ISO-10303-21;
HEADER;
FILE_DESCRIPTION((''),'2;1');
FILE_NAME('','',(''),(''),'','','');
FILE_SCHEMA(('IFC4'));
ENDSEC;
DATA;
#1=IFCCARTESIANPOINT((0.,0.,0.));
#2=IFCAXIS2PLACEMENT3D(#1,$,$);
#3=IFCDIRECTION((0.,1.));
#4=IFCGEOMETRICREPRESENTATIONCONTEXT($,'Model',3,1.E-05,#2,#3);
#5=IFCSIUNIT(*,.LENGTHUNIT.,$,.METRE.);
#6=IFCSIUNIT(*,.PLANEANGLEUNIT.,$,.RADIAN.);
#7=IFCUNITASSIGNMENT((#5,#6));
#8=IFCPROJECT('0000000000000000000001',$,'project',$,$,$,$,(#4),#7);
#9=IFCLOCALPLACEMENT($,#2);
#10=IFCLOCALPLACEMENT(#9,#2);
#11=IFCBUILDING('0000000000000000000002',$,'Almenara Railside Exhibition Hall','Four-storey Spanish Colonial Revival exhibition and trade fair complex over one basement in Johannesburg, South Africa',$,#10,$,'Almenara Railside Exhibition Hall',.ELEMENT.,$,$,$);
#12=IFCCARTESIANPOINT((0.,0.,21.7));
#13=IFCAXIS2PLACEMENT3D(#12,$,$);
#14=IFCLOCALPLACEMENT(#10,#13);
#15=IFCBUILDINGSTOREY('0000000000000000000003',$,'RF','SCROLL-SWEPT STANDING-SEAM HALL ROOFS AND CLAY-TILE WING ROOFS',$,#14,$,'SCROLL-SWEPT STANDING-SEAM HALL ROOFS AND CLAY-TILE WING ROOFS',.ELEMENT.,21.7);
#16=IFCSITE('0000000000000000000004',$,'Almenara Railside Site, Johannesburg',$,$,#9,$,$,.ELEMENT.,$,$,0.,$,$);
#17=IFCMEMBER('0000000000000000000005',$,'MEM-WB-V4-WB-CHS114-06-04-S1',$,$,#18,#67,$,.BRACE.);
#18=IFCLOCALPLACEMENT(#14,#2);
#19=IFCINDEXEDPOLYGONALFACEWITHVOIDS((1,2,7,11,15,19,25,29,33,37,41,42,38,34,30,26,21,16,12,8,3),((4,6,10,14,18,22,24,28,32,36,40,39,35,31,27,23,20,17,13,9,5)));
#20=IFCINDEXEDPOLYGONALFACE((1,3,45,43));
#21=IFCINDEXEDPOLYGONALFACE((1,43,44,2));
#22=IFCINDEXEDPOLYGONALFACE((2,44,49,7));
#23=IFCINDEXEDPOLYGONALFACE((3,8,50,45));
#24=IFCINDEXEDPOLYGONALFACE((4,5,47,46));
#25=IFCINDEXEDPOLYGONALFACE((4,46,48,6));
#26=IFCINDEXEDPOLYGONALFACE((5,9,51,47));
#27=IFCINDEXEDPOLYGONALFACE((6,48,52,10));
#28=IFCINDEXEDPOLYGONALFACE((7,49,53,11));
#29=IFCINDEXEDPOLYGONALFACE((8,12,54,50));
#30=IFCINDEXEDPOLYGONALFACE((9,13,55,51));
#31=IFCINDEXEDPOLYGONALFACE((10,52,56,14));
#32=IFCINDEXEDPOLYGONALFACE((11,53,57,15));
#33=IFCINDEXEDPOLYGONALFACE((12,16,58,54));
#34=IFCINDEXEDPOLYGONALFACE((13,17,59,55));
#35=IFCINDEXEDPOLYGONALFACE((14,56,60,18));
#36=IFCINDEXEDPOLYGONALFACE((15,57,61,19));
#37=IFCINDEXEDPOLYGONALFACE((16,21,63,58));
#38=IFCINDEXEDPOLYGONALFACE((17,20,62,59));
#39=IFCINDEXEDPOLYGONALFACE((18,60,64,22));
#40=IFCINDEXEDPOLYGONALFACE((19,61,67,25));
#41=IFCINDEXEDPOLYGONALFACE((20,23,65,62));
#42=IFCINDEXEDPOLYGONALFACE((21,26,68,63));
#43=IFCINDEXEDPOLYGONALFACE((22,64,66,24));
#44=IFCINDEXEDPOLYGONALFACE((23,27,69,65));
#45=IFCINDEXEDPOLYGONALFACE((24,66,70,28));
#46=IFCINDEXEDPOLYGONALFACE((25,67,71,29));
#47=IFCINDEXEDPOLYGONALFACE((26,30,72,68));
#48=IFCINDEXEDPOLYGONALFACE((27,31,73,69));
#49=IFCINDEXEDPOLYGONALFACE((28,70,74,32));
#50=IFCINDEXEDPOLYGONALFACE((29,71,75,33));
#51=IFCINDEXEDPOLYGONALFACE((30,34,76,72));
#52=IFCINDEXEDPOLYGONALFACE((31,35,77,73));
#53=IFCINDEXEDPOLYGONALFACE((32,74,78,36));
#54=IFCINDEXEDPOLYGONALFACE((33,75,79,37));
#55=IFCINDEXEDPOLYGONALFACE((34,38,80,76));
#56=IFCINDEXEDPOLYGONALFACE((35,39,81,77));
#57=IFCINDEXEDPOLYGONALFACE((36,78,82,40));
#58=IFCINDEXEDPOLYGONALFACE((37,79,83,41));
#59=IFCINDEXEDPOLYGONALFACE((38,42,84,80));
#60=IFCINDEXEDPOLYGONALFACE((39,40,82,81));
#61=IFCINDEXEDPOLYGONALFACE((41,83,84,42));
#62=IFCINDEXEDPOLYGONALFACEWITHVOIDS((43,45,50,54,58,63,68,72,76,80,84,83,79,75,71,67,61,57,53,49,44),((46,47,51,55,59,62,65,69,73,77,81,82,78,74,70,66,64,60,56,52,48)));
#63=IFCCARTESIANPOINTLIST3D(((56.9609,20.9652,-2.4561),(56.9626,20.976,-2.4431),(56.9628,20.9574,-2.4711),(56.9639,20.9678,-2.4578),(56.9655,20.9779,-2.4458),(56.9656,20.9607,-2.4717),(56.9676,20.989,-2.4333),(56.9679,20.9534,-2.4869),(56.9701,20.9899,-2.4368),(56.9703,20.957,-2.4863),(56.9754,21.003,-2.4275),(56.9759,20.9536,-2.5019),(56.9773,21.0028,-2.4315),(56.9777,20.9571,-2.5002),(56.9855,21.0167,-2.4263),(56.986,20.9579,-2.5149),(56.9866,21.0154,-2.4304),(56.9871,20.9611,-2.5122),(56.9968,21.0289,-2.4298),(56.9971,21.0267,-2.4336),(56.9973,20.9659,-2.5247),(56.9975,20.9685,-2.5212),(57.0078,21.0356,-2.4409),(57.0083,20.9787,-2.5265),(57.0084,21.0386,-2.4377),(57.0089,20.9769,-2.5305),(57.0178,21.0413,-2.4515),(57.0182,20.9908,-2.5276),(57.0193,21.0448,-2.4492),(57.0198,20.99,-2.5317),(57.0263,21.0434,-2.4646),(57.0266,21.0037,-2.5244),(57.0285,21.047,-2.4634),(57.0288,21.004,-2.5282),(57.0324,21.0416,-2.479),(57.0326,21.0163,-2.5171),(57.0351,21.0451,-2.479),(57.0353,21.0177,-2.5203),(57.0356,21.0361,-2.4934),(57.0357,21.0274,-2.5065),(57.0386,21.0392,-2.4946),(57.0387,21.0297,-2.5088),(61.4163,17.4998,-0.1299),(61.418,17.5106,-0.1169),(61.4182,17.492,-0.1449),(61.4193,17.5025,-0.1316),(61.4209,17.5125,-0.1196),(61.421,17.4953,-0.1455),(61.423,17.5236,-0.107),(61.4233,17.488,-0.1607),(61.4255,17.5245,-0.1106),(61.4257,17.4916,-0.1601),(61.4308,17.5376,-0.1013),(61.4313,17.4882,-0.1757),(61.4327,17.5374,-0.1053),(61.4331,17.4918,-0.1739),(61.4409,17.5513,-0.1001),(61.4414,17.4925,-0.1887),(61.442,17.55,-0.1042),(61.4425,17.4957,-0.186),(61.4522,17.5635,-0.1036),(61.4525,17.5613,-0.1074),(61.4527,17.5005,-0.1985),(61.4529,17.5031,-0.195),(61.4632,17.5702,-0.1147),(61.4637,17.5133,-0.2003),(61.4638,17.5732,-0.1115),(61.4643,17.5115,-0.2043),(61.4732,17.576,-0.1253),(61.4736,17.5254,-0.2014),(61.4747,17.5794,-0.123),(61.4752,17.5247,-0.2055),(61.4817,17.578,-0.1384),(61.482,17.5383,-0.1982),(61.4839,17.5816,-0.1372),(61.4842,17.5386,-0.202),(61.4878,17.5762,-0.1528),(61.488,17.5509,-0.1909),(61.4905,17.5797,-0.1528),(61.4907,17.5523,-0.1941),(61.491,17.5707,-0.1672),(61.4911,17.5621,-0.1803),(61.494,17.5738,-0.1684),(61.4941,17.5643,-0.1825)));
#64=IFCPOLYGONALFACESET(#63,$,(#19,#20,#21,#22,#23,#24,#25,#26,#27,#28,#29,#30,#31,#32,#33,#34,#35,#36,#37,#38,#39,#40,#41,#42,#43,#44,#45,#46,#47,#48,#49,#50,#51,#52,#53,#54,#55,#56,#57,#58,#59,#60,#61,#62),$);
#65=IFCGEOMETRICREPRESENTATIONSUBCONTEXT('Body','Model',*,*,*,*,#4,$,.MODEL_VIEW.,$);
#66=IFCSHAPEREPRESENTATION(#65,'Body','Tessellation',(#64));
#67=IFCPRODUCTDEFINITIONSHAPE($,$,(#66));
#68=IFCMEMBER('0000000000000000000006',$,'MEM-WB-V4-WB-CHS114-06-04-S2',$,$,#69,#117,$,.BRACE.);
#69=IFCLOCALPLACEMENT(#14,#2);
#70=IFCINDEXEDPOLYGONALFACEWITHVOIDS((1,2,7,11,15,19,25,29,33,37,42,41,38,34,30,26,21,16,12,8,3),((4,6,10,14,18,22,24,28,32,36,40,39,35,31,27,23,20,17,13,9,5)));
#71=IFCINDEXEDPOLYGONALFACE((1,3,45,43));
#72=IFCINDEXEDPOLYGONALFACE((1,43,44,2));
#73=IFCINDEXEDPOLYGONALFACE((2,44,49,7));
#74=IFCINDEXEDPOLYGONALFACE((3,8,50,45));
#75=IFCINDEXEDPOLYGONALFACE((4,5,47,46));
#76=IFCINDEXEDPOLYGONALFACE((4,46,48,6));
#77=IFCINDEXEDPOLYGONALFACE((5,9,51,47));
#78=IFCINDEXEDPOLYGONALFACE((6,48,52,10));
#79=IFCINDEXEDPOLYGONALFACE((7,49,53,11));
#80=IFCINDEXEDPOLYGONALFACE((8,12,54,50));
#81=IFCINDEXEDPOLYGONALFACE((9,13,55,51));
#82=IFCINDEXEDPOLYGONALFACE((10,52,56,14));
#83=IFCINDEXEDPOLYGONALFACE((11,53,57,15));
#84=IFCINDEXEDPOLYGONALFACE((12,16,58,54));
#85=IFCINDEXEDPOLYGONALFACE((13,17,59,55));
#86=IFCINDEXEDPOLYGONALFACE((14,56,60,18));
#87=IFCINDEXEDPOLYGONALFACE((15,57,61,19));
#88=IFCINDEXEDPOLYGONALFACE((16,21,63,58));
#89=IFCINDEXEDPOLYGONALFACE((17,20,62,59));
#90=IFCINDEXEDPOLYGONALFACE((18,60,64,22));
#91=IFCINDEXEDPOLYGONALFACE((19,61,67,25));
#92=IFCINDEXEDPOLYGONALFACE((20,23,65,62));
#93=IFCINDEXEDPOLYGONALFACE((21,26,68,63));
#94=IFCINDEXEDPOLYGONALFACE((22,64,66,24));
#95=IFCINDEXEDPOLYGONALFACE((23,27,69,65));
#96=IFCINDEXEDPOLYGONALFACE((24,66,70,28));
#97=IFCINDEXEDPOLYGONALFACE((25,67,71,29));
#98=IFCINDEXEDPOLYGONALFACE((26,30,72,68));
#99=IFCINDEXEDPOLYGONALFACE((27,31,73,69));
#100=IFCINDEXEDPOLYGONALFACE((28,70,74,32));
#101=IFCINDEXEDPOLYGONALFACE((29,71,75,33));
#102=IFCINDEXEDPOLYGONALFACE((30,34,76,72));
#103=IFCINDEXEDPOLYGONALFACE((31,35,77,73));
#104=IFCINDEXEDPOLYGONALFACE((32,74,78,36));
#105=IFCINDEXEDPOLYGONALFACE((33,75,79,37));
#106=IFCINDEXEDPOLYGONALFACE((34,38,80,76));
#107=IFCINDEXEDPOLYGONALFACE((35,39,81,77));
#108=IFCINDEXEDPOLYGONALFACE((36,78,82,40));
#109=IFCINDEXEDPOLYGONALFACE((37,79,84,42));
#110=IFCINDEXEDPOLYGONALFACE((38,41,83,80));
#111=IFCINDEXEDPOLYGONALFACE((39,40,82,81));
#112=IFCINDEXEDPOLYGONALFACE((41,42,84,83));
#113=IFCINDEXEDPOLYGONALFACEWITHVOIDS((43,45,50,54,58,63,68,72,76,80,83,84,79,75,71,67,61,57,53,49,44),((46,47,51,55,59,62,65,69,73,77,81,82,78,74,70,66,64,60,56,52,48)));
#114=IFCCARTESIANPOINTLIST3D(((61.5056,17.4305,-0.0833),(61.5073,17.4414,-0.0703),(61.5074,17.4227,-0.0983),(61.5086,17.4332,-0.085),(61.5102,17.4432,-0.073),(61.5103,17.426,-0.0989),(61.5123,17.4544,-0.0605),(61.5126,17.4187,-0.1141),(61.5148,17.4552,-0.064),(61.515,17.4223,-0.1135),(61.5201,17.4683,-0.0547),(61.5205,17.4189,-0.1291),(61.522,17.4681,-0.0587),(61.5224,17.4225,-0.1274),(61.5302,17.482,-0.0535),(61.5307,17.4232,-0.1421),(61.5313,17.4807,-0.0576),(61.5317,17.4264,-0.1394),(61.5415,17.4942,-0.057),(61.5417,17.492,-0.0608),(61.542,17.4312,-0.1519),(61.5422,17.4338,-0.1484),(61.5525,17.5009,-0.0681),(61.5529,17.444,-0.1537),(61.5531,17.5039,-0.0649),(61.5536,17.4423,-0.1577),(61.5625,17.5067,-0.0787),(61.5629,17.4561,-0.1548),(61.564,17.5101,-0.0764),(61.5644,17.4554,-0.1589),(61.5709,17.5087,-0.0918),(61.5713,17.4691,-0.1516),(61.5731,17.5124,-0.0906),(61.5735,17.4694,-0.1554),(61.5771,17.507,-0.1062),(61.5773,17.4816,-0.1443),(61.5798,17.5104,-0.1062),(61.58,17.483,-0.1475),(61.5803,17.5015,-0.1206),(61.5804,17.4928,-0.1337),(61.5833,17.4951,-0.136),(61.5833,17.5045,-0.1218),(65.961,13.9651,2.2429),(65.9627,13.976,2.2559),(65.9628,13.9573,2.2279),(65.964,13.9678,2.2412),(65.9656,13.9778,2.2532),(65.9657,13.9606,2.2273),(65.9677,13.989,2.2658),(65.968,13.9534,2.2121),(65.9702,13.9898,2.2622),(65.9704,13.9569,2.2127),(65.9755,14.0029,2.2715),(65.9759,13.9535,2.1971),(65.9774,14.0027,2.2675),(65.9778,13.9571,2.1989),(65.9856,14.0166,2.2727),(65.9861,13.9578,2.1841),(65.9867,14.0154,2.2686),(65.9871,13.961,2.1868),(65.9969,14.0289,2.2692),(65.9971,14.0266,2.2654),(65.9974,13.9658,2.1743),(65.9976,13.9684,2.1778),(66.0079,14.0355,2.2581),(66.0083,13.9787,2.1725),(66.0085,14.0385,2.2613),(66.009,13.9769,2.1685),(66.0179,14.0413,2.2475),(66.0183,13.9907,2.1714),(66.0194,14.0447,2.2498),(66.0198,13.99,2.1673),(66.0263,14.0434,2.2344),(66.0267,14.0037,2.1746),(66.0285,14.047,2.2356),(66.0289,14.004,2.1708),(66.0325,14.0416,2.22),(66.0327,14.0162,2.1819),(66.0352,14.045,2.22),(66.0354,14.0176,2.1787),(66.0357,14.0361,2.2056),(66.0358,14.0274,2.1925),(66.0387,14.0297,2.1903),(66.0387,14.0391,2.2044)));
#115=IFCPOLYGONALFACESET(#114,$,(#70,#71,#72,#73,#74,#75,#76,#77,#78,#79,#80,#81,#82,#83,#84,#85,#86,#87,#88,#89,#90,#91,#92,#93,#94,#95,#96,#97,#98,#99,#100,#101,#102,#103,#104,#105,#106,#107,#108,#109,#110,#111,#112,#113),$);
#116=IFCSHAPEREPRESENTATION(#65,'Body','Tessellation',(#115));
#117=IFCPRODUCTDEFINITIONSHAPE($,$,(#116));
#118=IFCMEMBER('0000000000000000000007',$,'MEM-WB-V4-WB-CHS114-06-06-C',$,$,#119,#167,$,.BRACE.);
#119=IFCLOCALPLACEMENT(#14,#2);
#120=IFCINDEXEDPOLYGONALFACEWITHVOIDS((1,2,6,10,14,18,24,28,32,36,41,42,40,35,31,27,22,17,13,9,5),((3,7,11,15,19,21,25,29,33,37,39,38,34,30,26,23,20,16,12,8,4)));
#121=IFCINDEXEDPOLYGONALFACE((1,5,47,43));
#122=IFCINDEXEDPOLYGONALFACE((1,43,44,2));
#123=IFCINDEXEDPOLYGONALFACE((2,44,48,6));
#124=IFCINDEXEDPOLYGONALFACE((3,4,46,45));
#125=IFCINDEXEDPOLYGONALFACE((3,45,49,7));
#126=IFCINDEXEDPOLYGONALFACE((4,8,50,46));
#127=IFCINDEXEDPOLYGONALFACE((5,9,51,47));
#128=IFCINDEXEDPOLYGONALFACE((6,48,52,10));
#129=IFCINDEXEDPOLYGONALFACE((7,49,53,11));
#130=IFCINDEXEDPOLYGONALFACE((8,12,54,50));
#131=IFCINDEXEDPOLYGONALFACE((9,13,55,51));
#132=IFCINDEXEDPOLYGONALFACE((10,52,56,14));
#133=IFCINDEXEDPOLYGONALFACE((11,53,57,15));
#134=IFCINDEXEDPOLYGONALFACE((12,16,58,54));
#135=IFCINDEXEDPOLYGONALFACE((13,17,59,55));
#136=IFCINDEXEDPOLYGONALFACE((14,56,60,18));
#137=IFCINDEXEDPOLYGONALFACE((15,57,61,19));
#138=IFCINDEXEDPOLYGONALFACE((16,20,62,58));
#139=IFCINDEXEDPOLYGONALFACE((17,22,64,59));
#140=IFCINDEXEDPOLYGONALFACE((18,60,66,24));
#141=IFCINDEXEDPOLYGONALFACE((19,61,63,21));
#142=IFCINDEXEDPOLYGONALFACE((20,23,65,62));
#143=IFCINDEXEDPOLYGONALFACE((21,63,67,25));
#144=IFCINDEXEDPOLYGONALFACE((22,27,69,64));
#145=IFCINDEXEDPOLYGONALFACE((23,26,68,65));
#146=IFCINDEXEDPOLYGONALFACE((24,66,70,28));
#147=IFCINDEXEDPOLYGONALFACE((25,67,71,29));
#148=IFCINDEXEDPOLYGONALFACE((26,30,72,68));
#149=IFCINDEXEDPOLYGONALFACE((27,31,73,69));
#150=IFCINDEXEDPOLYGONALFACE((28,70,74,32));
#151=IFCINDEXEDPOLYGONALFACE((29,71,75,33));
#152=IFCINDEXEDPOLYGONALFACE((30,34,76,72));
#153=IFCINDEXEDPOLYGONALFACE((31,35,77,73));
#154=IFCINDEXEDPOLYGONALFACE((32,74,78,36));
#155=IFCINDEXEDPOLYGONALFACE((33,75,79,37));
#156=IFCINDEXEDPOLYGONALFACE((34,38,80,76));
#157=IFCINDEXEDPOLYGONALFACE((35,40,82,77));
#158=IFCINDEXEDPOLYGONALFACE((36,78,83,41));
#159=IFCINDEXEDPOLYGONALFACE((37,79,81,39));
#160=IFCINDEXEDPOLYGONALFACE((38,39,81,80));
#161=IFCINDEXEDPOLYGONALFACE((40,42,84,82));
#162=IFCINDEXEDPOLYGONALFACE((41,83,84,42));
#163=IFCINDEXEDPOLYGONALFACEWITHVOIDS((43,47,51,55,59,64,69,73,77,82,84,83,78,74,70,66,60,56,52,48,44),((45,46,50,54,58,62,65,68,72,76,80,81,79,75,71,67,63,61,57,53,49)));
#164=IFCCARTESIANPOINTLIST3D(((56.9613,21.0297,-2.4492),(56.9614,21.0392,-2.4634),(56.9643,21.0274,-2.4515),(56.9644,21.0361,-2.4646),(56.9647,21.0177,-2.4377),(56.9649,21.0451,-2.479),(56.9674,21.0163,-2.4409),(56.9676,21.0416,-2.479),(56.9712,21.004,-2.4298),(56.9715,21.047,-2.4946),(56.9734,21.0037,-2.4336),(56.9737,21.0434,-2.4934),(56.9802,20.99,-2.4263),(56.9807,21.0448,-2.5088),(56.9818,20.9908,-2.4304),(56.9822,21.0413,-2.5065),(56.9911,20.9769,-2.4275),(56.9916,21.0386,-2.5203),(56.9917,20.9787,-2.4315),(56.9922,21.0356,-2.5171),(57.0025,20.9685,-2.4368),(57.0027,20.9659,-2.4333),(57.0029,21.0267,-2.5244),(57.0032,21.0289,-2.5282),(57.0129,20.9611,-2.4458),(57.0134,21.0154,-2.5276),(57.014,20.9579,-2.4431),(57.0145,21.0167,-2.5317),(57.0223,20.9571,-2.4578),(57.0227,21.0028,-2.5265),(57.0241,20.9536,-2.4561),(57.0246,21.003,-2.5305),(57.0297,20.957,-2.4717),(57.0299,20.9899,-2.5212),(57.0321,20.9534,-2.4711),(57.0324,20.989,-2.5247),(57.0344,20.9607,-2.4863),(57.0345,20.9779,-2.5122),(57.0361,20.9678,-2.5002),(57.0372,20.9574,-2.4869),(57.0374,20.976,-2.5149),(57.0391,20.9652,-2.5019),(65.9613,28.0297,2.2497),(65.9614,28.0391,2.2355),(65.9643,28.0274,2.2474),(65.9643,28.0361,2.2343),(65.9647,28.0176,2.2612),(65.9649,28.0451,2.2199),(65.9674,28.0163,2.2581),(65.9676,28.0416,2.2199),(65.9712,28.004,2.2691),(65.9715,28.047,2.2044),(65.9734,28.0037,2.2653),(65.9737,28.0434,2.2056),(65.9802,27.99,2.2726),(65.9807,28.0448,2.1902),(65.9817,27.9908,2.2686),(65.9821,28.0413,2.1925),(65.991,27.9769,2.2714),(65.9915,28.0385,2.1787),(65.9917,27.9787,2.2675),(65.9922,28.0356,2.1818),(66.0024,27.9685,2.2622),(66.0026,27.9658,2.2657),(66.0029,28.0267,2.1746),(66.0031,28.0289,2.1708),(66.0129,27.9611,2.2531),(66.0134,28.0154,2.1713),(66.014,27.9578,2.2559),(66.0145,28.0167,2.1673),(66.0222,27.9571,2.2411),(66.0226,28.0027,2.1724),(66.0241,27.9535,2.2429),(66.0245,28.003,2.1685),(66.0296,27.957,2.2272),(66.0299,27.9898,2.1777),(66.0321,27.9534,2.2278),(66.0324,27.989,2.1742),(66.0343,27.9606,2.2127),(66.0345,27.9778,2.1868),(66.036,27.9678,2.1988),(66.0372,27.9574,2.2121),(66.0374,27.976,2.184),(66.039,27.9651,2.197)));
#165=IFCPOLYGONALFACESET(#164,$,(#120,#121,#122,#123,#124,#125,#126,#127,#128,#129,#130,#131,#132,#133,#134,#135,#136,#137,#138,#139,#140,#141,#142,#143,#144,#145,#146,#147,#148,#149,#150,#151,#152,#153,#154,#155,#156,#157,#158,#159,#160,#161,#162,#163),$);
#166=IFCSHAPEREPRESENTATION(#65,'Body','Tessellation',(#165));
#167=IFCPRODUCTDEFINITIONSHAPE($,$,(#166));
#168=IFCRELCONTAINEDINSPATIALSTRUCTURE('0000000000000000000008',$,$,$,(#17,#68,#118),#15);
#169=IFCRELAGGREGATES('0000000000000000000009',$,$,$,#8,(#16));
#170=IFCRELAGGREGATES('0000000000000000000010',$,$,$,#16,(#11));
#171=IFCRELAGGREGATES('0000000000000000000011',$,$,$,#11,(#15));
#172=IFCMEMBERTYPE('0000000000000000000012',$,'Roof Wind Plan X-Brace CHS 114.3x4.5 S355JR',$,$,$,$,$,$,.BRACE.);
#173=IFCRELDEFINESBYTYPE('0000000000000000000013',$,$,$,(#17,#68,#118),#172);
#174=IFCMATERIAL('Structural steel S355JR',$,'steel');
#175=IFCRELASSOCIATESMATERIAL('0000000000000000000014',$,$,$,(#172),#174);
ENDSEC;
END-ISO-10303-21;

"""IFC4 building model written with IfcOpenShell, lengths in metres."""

from ifc_helpers import new_model, si_unit, direction, frame, origin, origin_2d, place, context, subcontext, project, spatial, hollow_circle, extrude, material, material_profile, profile_set, type_object, element, save


model = new_model("IFC4")

# Units and contexts
model_context = context("Model", 3, precision=1e-05, world=origin(), true_north=direction((0.0, 1.0)))
body_context = subcontext(model_context, "Body", "Model", "MODEL_VIEW")
ifc_project = project(units=[si_unit("LENGTHUNIT", "METRE"), si_unit("PLANEANGLEUNIT", "RADIAN")], contexts=[model_context])

# Site, building, storey
site_placement = place(None, origin())
site = spatial("IfcSite", under=ifc_project, at=site_placement, Name="Almenara Railside Site, Johannesburg", CompositionType="ELEMENT", RefElevation=0.0)
building_placement = place(site_placement, origin())
building = spatial("IfcBuilding", under=site, at=building_placement, Name="Almenara Railside Exhibition Hall", Description="Four-storey Spanish Colonial Revival exhibition and trade fair complex over one basement in Johannesburg, South Africa", LongName="Almenara Railside Exhibition Hall", CompositionType="ELEMENT")
storey_placement = place(building_placement, frame((0.0, 0.0, 21.7)))
storey = spatial("IfcBuildingStorey", under=building, at=storey_placement, Name="RF", Description="SCROLL-SWEPT STANDING-SEAM HALL ROOFS AND CLAY-TILE WING ROOFS", LongName="SCROLL-SWEPT STANDING-SEAM HALL ROOFS AND CLAY-TILE WING ROOFS", CompositionType="ELEMENT", Elevation=21.7)

# Members
ifc_material_1 = material(Name="Structural steel S355JR", Category="steel")
ifc_material_profile_1 = material_profile(ifc_material_1, hollow_circle(Radius=0.0571, WallThickness=0.0044, at=origin_2d()), Name="CHS 114.3x4.5")
ifc_profile_set_1 = profile_set([ifc_material_profile_1], Name="Structural steel S355JR")
member_type_1 = type_object("IfcMemberType", Name="Roof Wind Plan X-Brace CHS 114.3x4.5 S355JR", PredefinedType="BRACE", material=ifc_profile_set_1)
for number, where, z_axis, x_axis, name in (
    (1, (57.0, 21.0, -2.479), (0.729797, -0.567634, 0.381035), (0.61395, 0.789345, 0.0), "MEM-WB-V4-WB-CHS114-06-04-S1"),
    (2, (61.5447, 17.4653, -0.1062), (0.729797, -0.567634, 0.381035), (0.61395, 0.789345, 0.0), "MEM-WB-V4-WB-CHS114-06-04-S2"),
):
    element("IfcMember", number, at=place(storey_placement, frame(where, z_axis=z_axis, x_axis=x_axis)), inside=storey, type_object=member_type_1, Name=name, PredefinedType="BRACE", context=body_context, shape_type="SweptSolid", body=[
        extrude(hollow_circle(Radius=0.0571, WallThickness=0.0044, at=origin_2d()), origin(), (0.0, 0.0, 1.0), 6.105),
    ])
member_1_placement = place(storey_placement, frame((57.0, 21.0, -2.479), z_axis=(0.729803, 0.567625, 0.381036), x_axis=(-0.613941, 0.789352, 0.0)))
element("IfcMember", 3, at=member_1_placement, inside=storey, type_object=member_type_1, Name="MEM-WB-V4-WB-CHS114-06-06-C", PredefinedType="BRACE", context=body_context, shape_type="SweptSolid", body=[
    extrude(hollow_circle(Radius=0.0571, WallThickness=0.0044, at=origin_2d()), origin(), (0.0, 0.0, 1.0), 12.332),
])

save(model, "model.ifc")
